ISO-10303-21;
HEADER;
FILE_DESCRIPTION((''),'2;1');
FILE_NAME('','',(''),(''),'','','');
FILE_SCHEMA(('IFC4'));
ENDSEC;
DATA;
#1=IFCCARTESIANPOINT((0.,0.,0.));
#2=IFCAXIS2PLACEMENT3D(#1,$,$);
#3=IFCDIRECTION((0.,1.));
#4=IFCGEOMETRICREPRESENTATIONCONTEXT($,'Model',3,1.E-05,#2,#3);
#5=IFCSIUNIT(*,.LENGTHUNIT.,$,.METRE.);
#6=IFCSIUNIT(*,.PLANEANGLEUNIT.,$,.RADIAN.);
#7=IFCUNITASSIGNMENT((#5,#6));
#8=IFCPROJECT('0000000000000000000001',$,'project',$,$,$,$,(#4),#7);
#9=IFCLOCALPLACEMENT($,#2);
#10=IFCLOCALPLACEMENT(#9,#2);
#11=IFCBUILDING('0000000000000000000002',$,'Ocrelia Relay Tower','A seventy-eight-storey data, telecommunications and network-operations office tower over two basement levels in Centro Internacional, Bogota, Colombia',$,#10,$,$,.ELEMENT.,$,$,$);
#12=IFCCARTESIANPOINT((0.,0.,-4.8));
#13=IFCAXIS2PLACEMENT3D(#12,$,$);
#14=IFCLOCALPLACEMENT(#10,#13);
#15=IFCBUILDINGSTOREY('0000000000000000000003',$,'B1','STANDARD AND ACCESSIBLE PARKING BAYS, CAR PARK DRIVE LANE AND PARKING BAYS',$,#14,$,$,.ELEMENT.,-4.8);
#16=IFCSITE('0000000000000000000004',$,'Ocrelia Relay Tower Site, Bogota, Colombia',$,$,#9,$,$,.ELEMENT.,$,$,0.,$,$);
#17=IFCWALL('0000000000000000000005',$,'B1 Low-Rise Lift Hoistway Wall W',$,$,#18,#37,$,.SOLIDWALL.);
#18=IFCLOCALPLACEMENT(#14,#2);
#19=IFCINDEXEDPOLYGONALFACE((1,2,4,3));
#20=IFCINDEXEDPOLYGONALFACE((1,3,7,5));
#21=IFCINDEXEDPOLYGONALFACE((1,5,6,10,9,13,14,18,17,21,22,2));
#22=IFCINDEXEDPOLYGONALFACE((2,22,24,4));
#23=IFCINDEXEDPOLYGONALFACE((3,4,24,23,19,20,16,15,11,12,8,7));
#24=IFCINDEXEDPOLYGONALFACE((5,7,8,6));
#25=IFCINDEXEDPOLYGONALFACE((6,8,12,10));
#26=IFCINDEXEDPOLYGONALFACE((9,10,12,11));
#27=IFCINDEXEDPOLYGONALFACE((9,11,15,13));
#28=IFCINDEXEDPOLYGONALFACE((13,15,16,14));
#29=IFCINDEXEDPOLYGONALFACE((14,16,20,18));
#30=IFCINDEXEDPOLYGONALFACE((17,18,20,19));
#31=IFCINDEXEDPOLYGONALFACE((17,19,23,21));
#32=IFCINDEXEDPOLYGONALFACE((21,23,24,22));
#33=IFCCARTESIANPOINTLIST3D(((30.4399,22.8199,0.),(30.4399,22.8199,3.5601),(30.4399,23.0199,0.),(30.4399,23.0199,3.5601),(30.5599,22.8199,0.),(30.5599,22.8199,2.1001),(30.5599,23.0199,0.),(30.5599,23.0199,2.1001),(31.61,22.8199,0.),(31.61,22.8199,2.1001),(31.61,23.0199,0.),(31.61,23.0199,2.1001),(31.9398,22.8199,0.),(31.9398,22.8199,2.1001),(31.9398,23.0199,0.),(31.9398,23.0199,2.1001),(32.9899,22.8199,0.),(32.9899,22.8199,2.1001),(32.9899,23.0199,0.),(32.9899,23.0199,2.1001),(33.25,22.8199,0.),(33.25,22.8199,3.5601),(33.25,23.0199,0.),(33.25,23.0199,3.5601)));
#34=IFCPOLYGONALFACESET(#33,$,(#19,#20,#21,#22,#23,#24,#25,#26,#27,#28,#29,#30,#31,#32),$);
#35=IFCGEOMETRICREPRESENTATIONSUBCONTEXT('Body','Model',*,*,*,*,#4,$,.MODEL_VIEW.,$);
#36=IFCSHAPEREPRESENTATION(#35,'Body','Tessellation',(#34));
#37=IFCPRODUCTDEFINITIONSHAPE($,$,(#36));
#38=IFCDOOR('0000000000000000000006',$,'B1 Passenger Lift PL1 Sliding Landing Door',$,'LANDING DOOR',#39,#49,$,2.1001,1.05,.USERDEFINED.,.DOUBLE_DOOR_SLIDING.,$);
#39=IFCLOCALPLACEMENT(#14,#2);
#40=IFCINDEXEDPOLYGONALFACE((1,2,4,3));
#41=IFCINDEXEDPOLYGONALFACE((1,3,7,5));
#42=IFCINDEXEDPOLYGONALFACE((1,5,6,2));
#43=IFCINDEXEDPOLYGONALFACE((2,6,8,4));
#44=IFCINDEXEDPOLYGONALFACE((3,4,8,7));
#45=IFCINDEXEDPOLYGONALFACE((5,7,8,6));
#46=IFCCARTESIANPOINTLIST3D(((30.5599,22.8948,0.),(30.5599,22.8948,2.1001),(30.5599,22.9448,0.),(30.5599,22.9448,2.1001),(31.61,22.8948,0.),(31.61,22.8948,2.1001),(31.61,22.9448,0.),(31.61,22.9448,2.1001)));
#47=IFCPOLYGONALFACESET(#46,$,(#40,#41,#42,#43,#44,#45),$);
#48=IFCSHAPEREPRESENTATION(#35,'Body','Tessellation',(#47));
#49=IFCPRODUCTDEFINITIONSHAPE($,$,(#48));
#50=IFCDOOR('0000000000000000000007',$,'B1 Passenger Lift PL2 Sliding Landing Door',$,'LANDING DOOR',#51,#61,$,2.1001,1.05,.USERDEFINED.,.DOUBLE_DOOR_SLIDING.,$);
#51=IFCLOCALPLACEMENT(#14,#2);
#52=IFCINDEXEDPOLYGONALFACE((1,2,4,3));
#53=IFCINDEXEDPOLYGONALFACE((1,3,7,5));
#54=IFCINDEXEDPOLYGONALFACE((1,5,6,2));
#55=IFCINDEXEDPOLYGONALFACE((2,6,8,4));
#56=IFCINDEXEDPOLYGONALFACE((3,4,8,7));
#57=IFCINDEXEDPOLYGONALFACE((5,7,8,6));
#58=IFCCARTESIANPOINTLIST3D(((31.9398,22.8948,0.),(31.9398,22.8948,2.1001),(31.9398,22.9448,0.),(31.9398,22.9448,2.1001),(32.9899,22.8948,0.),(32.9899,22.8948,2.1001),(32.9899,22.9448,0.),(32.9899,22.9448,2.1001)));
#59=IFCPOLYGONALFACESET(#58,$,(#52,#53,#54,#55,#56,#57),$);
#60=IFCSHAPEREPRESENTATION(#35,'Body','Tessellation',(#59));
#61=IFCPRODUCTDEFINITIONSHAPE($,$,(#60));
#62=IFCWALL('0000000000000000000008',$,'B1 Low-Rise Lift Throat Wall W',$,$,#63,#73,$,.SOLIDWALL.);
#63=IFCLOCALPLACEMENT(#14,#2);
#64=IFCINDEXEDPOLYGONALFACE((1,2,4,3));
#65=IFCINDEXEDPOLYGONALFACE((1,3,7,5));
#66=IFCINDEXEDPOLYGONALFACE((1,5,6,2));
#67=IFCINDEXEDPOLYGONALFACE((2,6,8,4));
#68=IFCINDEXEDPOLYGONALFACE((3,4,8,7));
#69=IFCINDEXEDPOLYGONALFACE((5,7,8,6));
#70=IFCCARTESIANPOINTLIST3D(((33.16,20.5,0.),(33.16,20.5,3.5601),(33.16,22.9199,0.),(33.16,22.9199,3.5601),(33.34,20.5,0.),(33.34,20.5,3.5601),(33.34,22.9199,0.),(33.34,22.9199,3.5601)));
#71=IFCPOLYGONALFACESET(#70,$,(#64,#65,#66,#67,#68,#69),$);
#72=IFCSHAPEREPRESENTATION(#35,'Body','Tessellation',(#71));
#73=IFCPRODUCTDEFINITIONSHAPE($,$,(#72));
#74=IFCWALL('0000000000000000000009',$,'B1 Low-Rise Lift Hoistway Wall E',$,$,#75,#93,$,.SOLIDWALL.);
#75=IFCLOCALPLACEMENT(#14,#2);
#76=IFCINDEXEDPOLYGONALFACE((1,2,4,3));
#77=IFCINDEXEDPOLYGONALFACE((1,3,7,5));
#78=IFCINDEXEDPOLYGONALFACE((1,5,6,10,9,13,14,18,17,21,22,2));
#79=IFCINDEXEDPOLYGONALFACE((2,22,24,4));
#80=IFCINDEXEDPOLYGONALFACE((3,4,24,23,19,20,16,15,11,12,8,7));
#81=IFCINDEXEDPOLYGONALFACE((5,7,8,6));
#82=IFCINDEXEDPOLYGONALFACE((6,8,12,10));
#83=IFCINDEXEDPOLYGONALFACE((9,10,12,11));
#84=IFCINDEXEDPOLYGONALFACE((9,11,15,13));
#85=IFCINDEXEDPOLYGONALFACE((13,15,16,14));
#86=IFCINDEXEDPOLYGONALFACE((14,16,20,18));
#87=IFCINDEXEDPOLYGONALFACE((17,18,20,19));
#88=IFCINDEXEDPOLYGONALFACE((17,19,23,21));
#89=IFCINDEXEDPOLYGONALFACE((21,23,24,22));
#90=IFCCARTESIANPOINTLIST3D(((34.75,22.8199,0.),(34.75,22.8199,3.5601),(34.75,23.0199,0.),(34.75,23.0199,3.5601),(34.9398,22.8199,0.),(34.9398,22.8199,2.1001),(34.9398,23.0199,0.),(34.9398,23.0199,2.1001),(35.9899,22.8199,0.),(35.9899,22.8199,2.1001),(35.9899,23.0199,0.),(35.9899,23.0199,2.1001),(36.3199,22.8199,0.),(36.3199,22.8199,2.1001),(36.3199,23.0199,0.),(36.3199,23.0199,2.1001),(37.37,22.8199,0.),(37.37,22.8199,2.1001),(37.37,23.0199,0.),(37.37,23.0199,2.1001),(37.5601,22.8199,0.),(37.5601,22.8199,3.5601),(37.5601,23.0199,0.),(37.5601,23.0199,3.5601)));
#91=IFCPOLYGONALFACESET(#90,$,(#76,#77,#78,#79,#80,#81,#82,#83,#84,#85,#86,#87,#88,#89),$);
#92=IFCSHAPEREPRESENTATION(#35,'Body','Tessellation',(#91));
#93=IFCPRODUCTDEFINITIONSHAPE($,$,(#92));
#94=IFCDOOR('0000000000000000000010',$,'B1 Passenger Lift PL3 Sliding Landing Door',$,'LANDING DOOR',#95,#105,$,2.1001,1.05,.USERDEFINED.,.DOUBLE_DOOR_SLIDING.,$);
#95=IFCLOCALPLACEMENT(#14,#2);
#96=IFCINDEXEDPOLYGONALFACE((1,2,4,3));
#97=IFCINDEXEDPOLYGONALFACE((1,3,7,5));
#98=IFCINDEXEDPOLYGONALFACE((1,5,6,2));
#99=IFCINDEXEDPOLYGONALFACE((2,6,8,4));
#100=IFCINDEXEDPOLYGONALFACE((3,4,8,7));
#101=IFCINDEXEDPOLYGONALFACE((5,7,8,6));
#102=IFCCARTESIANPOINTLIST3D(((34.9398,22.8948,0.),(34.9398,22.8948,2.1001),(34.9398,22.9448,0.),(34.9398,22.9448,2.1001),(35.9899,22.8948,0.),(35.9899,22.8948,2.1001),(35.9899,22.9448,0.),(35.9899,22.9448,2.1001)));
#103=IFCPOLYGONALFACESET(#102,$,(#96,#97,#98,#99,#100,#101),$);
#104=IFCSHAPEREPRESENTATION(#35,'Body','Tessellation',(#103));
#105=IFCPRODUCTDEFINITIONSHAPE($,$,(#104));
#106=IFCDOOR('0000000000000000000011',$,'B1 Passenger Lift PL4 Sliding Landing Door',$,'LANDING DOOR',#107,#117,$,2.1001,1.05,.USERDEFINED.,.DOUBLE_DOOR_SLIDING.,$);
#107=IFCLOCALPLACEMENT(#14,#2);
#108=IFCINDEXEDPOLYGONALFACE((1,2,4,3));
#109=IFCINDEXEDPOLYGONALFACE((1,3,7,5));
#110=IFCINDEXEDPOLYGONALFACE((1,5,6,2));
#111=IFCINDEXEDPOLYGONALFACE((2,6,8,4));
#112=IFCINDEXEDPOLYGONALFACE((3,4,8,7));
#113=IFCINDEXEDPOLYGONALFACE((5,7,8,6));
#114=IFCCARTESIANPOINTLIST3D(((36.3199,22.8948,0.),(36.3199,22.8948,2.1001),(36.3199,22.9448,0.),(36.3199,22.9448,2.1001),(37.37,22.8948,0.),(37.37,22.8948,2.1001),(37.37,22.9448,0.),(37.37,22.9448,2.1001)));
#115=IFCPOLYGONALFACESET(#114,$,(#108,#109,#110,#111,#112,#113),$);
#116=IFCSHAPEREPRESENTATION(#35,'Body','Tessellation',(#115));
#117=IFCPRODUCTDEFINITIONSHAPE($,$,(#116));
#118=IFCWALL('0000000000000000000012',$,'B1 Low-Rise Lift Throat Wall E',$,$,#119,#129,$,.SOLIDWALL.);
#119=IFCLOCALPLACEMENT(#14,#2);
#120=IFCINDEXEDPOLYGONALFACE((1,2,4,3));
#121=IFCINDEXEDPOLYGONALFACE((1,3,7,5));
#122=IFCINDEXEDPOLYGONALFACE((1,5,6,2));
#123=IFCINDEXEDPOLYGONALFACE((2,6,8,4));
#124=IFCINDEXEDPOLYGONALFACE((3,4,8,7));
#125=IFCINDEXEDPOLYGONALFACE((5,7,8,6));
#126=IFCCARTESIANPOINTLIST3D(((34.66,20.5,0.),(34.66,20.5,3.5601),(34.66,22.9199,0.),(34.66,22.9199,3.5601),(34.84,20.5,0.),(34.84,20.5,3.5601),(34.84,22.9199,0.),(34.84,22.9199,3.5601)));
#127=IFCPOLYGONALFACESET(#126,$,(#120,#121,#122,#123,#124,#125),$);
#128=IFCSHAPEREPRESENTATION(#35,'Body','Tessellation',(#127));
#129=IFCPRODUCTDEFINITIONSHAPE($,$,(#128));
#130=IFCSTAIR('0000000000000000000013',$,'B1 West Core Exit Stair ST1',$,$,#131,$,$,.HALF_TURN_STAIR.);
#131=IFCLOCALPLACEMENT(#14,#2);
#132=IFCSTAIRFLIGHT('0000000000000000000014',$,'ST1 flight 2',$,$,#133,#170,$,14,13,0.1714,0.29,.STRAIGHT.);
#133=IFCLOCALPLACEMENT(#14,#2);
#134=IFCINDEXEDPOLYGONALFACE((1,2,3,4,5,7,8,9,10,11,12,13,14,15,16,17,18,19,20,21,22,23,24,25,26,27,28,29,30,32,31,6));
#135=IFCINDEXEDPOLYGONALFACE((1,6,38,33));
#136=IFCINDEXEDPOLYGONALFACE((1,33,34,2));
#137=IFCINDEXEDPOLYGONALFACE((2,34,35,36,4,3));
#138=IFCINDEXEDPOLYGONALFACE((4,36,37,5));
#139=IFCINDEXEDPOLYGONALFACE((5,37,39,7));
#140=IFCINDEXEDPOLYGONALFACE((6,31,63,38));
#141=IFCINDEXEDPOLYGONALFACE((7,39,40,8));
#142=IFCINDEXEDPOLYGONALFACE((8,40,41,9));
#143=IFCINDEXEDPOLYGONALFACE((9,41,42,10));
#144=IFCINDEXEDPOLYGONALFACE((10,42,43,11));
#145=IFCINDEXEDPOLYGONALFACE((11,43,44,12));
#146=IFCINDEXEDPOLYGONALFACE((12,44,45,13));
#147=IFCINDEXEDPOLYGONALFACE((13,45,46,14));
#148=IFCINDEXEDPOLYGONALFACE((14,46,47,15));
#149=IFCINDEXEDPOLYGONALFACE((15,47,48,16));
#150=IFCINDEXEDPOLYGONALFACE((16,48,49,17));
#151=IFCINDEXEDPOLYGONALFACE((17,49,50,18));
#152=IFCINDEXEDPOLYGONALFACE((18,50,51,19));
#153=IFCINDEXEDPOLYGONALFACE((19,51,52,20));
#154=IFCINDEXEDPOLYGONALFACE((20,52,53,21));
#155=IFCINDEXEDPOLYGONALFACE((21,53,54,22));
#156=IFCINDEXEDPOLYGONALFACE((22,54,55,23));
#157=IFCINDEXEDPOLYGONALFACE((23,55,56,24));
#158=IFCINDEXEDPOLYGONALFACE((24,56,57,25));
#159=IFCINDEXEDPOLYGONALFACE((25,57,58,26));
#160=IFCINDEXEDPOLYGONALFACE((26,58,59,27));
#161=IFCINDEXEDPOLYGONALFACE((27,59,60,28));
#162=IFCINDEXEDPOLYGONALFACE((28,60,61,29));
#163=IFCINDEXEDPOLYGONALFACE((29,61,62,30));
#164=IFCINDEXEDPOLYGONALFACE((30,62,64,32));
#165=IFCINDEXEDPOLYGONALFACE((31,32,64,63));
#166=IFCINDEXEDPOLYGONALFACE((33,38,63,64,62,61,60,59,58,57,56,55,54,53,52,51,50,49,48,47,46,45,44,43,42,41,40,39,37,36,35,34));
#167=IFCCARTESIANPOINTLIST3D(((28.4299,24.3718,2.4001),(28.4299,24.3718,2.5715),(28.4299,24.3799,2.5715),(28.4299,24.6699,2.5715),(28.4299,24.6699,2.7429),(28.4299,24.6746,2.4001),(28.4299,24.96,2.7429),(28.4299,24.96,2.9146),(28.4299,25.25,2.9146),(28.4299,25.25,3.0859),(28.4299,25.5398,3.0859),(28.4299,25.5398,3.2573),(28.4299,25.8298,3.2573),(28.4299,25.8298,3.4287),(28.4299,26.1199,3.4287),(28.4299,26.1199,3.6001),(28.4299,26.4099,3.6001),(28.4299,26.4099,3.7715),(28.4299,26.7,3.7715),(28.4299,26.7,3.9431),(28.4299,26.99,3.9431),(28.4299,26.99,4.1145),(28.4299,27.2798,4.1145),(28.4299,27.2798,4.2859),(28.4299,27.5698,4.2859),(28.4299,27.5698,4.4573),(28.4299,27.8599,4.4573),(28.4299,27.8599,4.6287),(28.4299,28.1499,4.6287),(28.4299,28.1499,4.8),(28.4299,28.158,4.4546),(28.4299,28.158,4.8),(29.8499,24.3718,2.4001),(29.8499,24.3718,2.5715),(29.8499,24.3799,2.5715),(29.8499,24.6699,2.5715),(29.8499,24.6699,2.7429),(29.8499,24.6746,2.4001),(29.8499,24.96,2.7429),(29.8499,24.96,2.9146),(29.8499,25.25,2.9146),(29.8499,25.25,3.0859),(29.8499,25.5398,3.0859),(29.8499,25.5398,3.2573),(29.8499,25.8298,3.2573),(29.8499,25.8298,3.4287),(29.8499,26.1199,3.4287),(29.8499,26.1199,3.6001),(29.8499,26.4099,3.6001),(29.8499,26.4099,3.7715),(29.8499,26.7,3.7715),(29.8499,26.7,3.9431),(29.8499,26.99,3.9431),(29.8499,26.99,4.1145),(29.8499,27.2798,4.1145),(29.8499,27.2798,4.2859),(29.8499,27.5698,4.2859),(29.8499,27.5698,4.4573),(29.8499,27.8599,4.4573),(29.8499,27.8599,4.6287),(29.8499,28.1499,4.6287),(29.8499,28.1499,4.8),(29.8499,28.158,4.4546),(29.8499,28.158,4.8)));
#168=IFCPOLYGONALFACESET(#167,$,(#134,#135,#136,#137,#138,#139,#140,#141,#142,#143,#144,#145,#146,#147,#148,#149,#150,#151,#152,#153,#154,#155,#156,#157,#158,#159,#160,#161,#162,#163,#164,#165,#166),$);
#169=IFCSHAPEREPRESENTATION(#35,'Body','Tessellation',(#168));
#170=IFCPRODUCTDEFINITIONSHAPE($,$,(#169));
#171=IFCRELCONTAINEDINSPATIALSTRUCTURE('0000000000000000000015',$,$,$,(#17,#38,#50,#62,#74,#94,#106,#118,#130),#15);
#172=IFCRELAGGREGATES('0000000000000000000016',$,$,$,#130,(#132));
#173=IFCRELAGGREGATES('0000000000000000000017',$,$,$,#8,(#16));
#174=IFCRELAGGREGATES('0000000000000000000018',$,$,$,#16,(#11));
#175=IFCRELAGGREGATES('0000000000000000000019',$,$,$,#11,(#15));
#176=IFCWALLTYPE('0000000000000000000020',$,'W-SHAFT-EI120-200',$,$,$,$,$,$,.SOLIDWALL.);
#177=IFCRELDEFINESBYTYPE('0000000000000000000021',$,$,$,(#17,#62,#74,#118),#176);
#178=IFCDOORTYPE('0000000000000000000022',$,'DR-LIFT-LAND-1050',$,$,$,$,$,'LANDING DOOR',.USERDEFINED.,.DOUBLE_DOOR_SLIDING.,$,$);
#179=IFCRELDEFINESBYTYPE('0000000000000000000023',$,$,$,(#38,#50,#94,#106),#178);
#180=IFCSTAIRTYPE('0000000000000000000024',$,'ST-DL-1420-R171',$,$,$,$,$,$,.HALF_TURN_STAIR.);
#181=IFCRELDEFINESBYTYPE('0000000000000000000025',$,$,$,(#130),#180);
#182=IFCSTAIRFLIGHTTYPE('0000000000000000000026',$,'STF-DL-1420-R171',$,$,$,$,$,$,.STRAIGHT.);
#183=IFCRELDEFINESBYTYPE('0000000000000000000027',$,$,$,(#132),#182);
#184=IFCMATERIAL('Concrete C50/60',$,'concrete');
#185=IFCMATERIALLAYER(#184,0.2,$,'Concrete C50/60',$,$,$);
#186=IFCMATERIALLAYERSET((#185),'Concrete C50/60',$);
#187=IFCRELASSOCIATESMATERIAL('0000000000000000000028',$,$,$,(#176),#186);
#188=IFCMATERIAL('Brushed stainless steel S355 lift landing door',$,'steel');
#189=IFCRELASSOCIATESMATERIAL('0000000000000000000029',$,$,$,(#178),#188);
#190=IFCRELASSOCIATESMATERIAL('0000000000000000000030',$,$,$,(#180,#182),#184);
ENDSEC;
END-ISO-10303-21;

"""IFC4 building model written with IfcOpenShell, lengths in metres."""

from ifc_helpers import new_model, si_unit, direction, frame, frame_2d, origin, place, context, subcontext, project, spatial, polyline, rectangle, outline, extrude, material, layer, layer_set, type_object, element, fill, aggregate, save


model = new_model("IFC4")

# Units and contexts
model_context = context("Model", 3, precision=1e-05, world=origin(), true_north=direction((0.0, 1.0)))
body_context = subcontext(model_context, "Body", "Model", "MODEL_VIEW")
ifc_project = project(units=[si_unit("LENGTHUNIT", "METRE"), si_unit("PLANEANGLEUNIT", "RADIAN")], contexts=[model_context])

# Site, building, storey
site_placement = place(None, origin())
site = spatial("IfcSite", under=ifc_project, at=site_placement, Name="Ocrelia Relay Tower Site, Bogota, Colombia", CompositionType="ELEMENT", RefElevation=0.0)
building_placement = place(site_placement, origin())
building = spatial("IfcBuilding", under=site, at=building_placement, Name="Ocrelia Relay Tower", Description="A seventy-eight-storey data, telecommunications and network-operations office tower over two basement levels in Centro Internacional, Bogota, Colombia", CompositionType="ELEMENT")
storey_placement = place(building_placement, frame((0.0, 0.0, -4.8)))
storey = spatial("IfcBuildingStorey", under=building, at=storey_placement, Name="B1", Description="STANDARD AND ACCESSIBLE PARKING BAYS, CAR PARK DRIVE LANE AND PARKING BAYS", CompositionType="ELEMENT", Elevation=-4.8)

# Wall, openings, doors
ifc_material_1 = material(Name="Concrete C50/60", Category="concrete")
ifc_layer_1 = layer(ifc_material_1, 0.2, Name="Concrete C50/60")
ifc_layer_set_1 = layer_set([ifc_layer_1], Name="Concrete C50/60")
wall_type_1 = type_object("IfcWallType", Name="W-SHAFT-EI120-200", PredefinedType="SOLIDWALL", material=ifc_layer_set_1)
wall_1_placement = place(storey_placement, frame((30.4399, 22.9199, 0.0), z_axis=(0.0, 0.0, 1.0), x_axis=(1.0, 0.0, 0.0)))
wall_1 = element("IfcWall", 1, at=wall_1_placement, inside=storey, type_object=wall_type_1, Name="B1 Low-Rise Lift Hoistway Wall W", PredefinedType="SOLIDWALL", context=body_context, shape_type="SweptSolid", body=[
    extrude(rectangle(XDim=2.8101, YDim=0.2, at=frame_2d((1.405, 0.0))), origin(), (0.0, 0.0, 1.0), 3.5601),
])
opening_1_placement = place(wall_1_placement, frame((0.1201, 0.0, 0.0)))
opening_1 = element("IfcOpeningElement", 2, at=opening_1_placement, cuts=wall_1, PredefinedType="OPENING", context=body_context, shape_type="SweptSolid", body=[
    extrude(rectangle(XDim=1.05, YDim=2.1001, at=frame_2d((0.5249, 1.05))), frame((0.0, 0.1099, 0.0), z_axis=(0.0, -1.0, 0.0), x_axis=(1.0, 0.0, 0.0)), (0.0, 0.0, 1.0), 0.22),
])
opening_2_placement = place(wall_1_placement, frame((1.5, 0.0, 0.0)))
opening_2 = element("IfcOpeningElement", 3, at=opening_2_placement, cuts=wall_1, PredefinedType="OPENING", context=body_context, shape_type="SweptSolid", body=[
    extrude(rectangle(XDim=1.05, YDim=2.1001, at=frame_2d((0.5249, 1.05))), frame((0.0, 0.1099, 0.0), z_axis=(0.0, -1.0, 0.0), x_axis=(1.0, 0.0, 0.0)), (0.0, 0.0, 1.0), 0.22),
])
ifc_material_2 = material(Name="Brushed stainless steel S355 lift landing door", Category="steel")
door_type = type_object("IfcDoorType", Name="DR-LIFT-LAND-1050", ElementType="LANDING DOOR", OperationType="DOUBLE_DOOR_SLIDING", PredefinedType="USERDEFINED", material=ifc_material_2)
door_1_placement = place(opening_1_placement, origin())
door_1 = element("IfcDoor", 4, at=door_1_placement, inside=storey, type_object=door_type, Name="B1 Passenger Lift PL1 Sliding Landing Door", ObjectType="LANDING DOOR", OperationType="DOUBLE_DOOR_SLIDING", OverallHeight=2.1001, OverallWidth=1.05, PredefinedType="USERDEFINED", context=body_context, shape_type="SweptSolid", body=[
    extrude(rectangle(XDim=1.05, YDim=2.1001, at=frame_2d((0.5249, 1.05))), frame((0.0, 0.0249, 0.0), z_axis=(0.0, -1.0, 0.0), x_axis=(1.0, 0.0, 0.0)), (0.0, 0.0, 1.0), 0.05),
])
fill(opening_1, door_1)
door_2_placement = place(opening_2_placement, origin())
door_2 = element("IfcDoor", 5, at=door_2_placement, inside=storey, type_object=door_type, Name="B1 Passenger Lift PL2 Sliding Landing Door", ObjectType="LANDING DOOR", OperationType="DOUBLE_DOOR_SLIDING", OverallHeight=2.1001, OverallWidth=1.05, PredefinedType="USERDEFINED", context=body_context, shape_type="SweptSolid", body=[
    extrude(rectangle(XDim=1.05, YDim=2.1001, at=frame_2d((0.5249, 1.05))), frame((0.0, 0.0249, 0.0), z_axis=(0.0, -1.0, 0.0), x_axis=(1.0, 0.0, 0.0)), (0.0, 0.0, 1.0), 0.05),
])
fill(opening_2, door_2)

# Wall
wall_2_placement = place(storey_placement, frame((33.25, 20.5, 0.0), z_axis=(0.0, 0.0, 1.0), x_axis=(0.0, 1.0, 0.0)))
element("IfcWall", 6, at=wall_2_placement, inside=storey, type_object=wall_type_1, Name="B1 Low-Rise Lift Throat Wall W", PredefinedType="SOLIDWALL", context=body_context, shape_type="SweptSolid", body=[
    extrude(rectangle(XDim=2.4199, YDim=0.1799, at=frame_2d((1.21, 0.0))), origin(), (0.0, 0.0, 1.0), 3.5601),
])

# Wall, openings, doors
wall_3_placement = place(storey_placement, frame((34.75, 22.9199, 0.0), z_axis=(0.0, 0.0, 1.0), x_axis=(1.0, 0.0, 0.0)))
wall_3 = element("IfcWall", 7, at=wall_3_placement, inside=storey, type_object=wall_type_1, Name="B1 Low-Rise Lift Hoistway Wall E", PredefinedType="SOLIDWALL", context=body_context, shape_type="SweptSolid", body=[
    extrude(rectangle(XDim=2.8101, YDim=0.2, at=frame_2d((1.405, 0.0))), origin(), (0.0, 0.0, 1.0), 3.5601),
])
opening_3_placement = place(wall_3_placement, frame((0.1899, 0.0, 0.0)))
opening_3 = element("IfcOpeningElement", 8, at=opening_3_placement, cuts=wall_3, PredefinedType="OPENING", context=body_context, shape_type="SweptSolid", body=[
    extrude(rectangle(XDim=1.05, YDim=2.1001, at=frame_2d((0.5249, 1.05))), frame((0.0, 0.1099, 0.0), z_axis=(0.0, -1.0, 0.0), x_axis=(1.0, 0.0, 0.0)), (0.0, 0.0, 1.0), 0.22),
])
opening_4_placement = place(wall_3_placement, frame((1.5701, 0.0, 0.0)))
opening_4 = element("IfcOpeningElement", 9, at=opening_4_placement, cuts=wall_3, PredefinedType="OPENING", context=body_context, shape_type="SweptSolid", body=[
    extrude(rectangle(XDim=1.05, YDim=2.1001, at=frame_2d((0.5249, 1.05))), frame((0.0, 0.1099, 0.0), z_axis=(0.0, -1.0, 0.0), x_axis=(1.0, 0.0, 0.0)), (0.0, 0.0, 1.0), 0.22),
])
door_3_placement = place(opening_3_placement, origin())
door_3 = element("IfcDoor", 10, at=door_3_placement, inside=storey, type_object=door_type, Name="B1 Passenger Lift PL3 Sliding Landing Door", ObjectType="LANDING DOOR", OperationType="DOUBLE_DOOR_SLIDING", OverallHeight=2.1001, OverallWidth=1.05, PredefinedType="USERDEFINED", context=body_context, shape_type="SweptSolid", body=[
    extrude(rectangle(XDim=1.05, YDim=2.1001, at=frame_2d((0.5249, 1.05))), frame((0.0, 0.0249, 0.0), z_axis=(0.0, -1.0, 0.0), x_axis=(1.0, 0.0, 0.0)), (0.0, 0.0, 1.0), 0.05),
])
fill(opening_3, door_3)
door_4_placement = place(opening_4_placement, origin())
door_4 = element("IfcDoor", 11, at=door_4_placement, inside=storey, type_object=door_type, Name="B1 Passenger Lift PL4 Sliding Landing Door", ObjectType="LANDING DOOR", OperationType="DOUBLE_DOOR_SLIDING", OverallHeight=2.1001, OverallWidth=1.05, PredefinedType="USERDEFINED", context=body_context, shape_type="SweptSolid", body=[
    extrude(rectangle(XDim=1.05, YDim=2.1001, at=frame_2d((0.5249, 1.05))), frame((0.0, 0.0249, 0.0), z_axis=(0.0, -1.0, 0.0), x_axis=(1.0, 0.0, 0.0)), (0.0, 0.0, 1.0), 0.05),
])
fill(opening_4, door_4)

# Wall
wall_4_placement = place(storey_placement, frame((34.75, 20.5, 0.0), z_axis=(0.0, 0.0, 1.0), x_axis=(0.0, 1.0, 0.0)))
element("IfcWall", 12, at=wall_4_placement, inside=storey, type_object=wall_type_1, Name="B1 Low-Rise Lift Throat Wall E", PredefinedType="SOLIDWALL", context=body_context, shape_type="SweptSolid", body=[
    extrude(rectangle(XDim=2.4199, YDim=0.1799, at=frame_2d((1.21, 0.0))), origin(), (0.0, 0.0, 1.0), 3.5601),
])

# Stair, stair flight
stair_type = type_object("IfcStairType", Name="ST-DL-1420-R171", PredefinedType="HALF_TURN_STAIR", material=ifc_material_1)
stair_1_placement = place(storey_placement, origin())
stair_1 = element("IfcStair", 13, at=stair_1_placement, inside=storey, type_object=stair_type, Name="B1 West Core Exit Stair ST1", PredefinedType="HALF_TURN_STAIR")
stair_flight_type = type_object("IfcStairFlightType", Name="STF-DL-1420-R171", PredefinedType="STRAIGHT", material=ifc_material_1)
stair_flight_1_placement = place(storey_placement, frame((29.1399, 24.3799, 2.4001), z_axis=(0.0, 0.0, 1.0), x_axis=(0.0, 1.0, 0.0)))
stair_flight_1 = element("IfcStairFlight", 14, at=stair_flight_1_placement, type_object=stair_flight_type, Name="ST1 flight 2", NumberOfRisers=14, NumberOfTreads=13, PredefinedType="STRAIGHT", RiserHeight=0.1714, TreadLength=0.29, context=body_context, shape_type="SweptSolid", body=[
    extrude(outline(polyline([(-0.0081, 0.0), (-0.0081, 0.1714), (0.0, 0.1714), (0.29, 0.1714), (0.29, 0.3428), (0.5801, 0.3428), (0.5801, 0.5144), (0.8701, 0.5144), (0.8701, 0.6858), (1.1599, 0.6858), (1.1599, 0.8572), (1.45, 0.8572), (1.45, 1.0286), (1.74, 1.0286), (1.74, 1.2), (2.03, 1.2), (2.03, 1.3713), (2.3201, 1.3713), (2.3201, 1.543), (2.6101, 1.543), (2.6101, 1.7144), (2.8999, 1.7144), (2.8999, 1.8857), (3.1899, 1.8857), (3.1899, 2.0571), (3.48, 2.0571), (3.48, 2.2285), (3.77, 2.2285), (3.77, 2.3999), (3.7781, 2.3999), (3.7781, 2.0544), (0.2947, 0.0), (-0.0081, 0.0)])), frame((0.0, 0.71, 0.0), z_axis=(0.0, -1.0, 0.0), x_axis=(1.0, 0.0, 0.0)), (0.0, 0.0, 1.0), 1.4199),
])
aggregate(stair_1, [stair_flight_1])

save(model, "model.ifc")
